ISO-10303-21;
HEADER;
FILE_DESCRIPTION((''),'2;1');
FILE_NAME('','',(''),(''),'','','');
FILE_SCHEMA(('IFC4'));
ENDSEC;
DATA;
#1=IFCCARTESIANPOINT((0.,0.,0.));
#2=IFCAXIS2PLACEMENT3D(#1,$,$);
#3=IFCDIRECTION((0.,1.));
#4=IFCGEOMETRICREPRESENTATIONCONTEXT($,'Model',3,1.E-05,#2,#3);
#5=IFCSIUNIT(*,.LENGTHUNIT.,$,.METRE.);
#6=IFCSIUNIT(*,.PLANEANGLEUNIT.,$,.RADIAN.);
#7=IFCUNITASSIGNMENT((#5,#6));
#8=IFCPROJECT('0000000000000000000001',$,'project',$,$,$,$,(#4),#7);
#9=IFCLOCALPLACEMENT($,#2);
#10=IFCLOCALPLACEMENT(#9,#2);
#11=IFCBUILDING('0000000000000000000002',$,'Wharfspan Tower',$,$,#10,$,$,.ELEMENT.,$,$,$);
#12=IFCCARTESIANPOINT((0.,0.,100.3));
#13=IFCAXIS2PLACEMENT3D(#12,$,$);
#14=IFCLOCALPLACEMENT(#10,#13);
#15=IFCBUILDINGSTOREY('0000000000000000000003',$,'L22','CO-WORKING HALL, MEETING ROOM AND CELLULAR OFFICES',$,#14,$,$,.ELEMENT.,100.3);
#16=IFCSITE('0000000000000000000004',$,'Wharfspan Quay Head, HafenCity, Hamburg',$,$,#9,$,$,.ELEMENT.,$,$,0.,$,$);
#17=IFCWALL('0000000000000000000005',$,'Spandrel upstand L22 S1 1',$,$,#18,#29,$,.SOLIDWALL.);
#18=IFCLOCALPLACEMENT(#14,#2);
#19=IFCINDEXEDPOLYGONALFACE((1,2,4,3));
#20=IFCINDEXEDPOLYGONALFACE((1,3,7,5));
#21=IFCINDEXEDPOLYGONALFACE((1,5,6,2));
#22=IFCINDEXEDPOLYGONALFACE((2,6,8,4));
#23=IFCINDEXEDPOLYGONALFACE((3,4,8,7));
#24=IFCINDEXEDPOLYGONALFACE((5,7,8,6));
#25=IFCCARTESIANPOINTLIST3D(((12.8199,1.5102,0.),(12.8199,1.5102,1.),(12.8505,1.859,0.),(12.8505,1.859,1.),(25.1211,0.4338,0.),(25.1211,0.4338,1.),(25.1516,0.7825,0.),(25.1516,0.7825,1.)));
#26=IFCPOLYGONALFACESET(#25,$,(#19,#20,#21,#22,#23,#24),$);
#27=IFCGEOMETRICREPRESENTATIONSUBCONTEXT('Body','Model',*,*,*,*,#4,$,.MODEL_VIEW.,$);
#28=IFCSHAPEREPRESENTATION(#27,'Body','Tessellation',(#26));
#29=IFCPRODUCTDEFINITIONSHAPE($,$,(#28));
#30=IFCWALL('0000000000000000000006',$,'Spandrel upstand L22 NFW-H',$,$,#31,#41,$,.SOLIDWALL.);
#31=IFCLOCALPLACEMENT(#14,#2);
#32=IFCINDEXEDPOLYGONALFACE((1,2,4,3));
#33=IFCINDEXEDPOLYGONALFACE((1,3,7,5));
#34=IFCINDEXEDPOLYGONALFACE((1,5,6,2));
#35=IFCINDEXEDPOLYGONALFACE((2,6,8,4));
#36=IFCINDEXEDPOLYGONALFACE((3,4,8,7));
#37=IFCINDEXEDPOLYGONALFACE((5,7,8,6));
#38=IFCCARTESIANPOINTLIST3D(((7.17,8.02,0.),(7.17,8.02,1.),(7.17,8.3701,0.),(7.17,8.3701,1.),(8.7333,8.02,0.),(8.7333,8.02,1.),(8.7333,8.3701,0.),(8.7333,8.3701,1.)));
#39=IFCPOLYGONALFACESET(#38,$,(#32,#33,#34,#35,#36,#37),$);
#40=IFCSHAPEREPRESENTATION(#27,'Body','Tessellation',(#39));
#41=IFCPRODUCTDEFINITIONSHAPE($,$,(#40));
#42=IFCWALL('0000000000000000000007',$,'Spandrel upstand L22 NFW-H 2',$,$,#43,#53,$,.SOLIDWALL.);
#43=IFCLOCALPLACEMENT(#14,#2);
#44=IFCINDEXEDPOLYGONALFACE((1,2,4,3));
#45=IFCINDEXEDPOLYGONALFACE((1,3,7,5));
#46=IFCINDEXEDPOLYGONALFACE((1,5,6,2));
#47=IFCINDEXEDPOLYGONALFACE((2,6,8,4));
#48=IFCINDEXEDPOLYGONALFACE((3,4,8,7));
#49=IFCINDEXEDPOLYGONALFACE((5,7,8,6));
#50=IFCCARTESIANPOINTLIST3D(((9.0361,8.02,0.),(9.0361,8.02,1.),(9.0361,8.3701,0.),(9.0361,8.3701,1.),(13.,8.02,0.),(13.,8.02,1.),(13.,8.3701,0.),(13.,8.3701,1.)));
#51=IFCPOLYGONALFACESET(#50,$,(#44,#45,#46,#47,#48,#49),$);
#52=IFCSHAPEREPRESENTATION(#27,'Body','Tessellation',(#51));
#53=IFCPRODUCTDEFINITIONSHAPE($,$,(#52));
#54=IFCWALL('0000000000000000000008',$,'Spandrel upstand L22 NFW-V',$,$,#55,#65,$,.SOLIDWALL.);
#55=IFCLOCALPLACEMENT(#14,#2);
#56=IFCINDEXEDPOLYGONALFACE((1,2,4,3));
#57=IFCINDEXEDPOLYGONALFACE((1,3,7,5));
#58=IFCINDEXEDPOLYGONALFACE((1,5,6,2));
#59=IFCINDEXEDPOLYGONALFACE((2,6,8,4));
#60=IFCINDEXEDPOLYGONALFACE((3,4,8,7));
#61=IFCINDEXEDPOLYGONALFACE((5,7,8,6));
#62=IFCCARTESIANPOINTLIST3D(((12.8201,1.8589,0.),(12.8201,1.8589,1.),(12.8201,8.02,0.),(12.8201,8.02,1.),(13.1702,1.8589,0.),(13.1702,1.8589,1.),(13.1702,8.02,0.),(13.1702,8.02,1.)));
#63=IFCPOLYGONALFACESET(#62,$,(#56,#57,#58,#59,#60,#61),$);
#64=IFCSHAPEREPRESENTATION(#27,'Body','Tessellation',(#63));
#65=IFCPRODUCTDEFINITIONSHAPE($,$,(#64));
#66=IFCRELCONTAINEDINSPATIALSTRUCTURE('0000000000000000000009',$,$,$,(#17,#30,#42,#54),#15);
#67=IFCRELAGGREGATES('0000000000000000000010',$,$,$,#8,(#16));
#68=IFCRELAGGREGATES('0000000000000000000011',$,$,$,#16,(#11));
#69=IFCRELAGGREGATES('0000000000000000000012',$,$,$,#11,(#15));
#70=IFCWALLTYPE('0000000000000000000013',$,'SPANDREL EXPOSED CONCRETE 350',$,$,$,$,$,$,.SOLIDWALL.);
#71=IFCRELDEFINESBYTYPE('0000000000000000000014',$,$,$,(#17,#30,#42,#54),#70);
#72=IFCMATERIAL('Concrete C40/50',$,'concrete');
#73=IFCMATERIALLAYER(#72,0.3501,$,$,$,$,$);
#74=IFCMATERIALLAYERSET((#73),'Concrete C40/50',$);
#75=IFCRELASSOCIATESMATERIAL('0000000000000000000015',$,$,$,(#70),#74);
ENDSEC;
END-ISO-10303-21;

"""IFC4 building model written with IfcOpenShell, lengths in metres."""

from ifc_helpers import new_model, si_unit, direction, frame, frame_2d, origin, place, context, subcontext, project, spatial, rectangle, extrude, material, layer, layer_set, type_object, element, save


model = new_model("IFC4")

# Units and contexts
model_context = context("Model", 3, precision=1e-05, world=origin(), true_north=direction((0.0, 1.0)))
body_context = subcontext(model_context, "Body", "Model", "MODEL_VIEW")
ifc_project = project(units=[si_unit("LENGTHUNIT", "METRE"), si_unit("PLANEANGLEUNIT", "RADIAN")], contexts=[model_context])

# Site, building, storey
site_placement = place(None, origin())
site = spatial("IfcSite", under=ifc_project, at=site_placement, Name="Wharfspan Quay Head, HafenCity, Hamburg", CompositionType="ELEMENT", RefElevation=0.0)
building_placement = place(site_placement, origin())
building = spatial("IfcBuilding", under=site, at=building_placement, Name="Wharfspan Tower", CompositionType="ELEMENT")
storey_placement = place(building_placement, frame((0.0, 0.0, 100.3)))
storey = spatial("IfcBuildingStorey", under=building, at=storey_placement, Name="L22", Description="CO-WORKING HALL, MEETING ROOM AND CELLULAR OFFICES", CompositionType="ELEMENT", Elevation=100.3)

# Shared definitions
ifc_material_1 = material(Name="Concrete C40/50", Category="concrete")

# Walls
ifc_layer_1 = layer(ifc_material_1, 0.3501)
ifc_layer_set_1 = layer_set([ifc_layer_1], Name="Concrete C40/50")
wall_type_1 = type_object("IfcWallType", Name="SPANDREL EXPOSED CONCRETE 350", PredefinedType="SOLIDWALL", material=ifc_layer_set_1)
wall_1_placement = place(storey_placement, frame((12.8352, 1.6846, 0.0), z_axis=(0.0, 0.0, 1.0), x_axis=(0.996192, -0.087173, 0.0)))
element("IfcWall", 1, at=wall_1_placement, inside=storey, type_object=wall_type_1, Name="Spandrel upstand L22 S1 1", PredefinedType="SOLIDWALL", context=body_context, shape_type="SweptSolid", body=[
    extrude(rectangle(XDim=12.3481, YDim=0.3501, at=frame_2d((6.1741, 0.0))), origin(), (0.0, 0.0, 1.0), 1.0),
])
wall_2_placement = place(storey_placement, frame((7.1699, 8.1951, 0.0), z_axis=(0.0, 0.0, 1.0), x_axis=(1.0, 0.0, 0.0)))
element("IfcWall", 2, at=wall_2_placement, inside=storey, type_object=wall_type_1, Name="Spandrel upstand L22 NFW-H", PredefinedType="SOLIDWALL", context=body_context, shape_type="SweptSolid", body=[
    extrude(rectangle(XDim=1.5632, YDim=0.3501, at=frame_2d((0.7817, 0.0))), origin(), (0.0, 0.0, 1.0), 1.0),
])
wall_3_placement = place(storey_placement, frame((9.0361, 8.1951, 0.0), z_axis=(0.0, 0.0, 1.0), x_axis=(1.0, 0.0, 0.0)))
element("IfcWall", 3, at=wall_3_placement, inside=storey, type_object=wall_type_1, Name="Spandrel upstand L22 NFW-H 2", PredefinedType="SOLIDWALL", context=body_context, shape_type="SweptSolid", body=[
    extrude(rectangle(XDim=3.9639, YDim=0.3501, at=frame_2d((1.9819, 0.0))), origin(), (0.0, 0.0, 1.0), 1.0),
])
wall_4_placement = place(storey_placement, frame((12.9951, 8.02, 0.0), z_axis=(0.0, 0.0, 1.0), x_axis=(0.0, -1.0, 0.0)))
element("IfcWall", 4, at=wall_4_placement, inside=storey, type_object=wall_type_1, Name="Spandrel upstand L22 NFW-V", PredefinedType="SOLIDWALL", context=body_context, shape_type="SweptSolid", body=[
    extrude(rectangle(XDim=6.1611, YDim=0.3501, at=frame_2d((3.0806, 0.0))), origin(), (0.0, 0.0, 1.0), 1.0),
])

save(model, "model.ifc")
